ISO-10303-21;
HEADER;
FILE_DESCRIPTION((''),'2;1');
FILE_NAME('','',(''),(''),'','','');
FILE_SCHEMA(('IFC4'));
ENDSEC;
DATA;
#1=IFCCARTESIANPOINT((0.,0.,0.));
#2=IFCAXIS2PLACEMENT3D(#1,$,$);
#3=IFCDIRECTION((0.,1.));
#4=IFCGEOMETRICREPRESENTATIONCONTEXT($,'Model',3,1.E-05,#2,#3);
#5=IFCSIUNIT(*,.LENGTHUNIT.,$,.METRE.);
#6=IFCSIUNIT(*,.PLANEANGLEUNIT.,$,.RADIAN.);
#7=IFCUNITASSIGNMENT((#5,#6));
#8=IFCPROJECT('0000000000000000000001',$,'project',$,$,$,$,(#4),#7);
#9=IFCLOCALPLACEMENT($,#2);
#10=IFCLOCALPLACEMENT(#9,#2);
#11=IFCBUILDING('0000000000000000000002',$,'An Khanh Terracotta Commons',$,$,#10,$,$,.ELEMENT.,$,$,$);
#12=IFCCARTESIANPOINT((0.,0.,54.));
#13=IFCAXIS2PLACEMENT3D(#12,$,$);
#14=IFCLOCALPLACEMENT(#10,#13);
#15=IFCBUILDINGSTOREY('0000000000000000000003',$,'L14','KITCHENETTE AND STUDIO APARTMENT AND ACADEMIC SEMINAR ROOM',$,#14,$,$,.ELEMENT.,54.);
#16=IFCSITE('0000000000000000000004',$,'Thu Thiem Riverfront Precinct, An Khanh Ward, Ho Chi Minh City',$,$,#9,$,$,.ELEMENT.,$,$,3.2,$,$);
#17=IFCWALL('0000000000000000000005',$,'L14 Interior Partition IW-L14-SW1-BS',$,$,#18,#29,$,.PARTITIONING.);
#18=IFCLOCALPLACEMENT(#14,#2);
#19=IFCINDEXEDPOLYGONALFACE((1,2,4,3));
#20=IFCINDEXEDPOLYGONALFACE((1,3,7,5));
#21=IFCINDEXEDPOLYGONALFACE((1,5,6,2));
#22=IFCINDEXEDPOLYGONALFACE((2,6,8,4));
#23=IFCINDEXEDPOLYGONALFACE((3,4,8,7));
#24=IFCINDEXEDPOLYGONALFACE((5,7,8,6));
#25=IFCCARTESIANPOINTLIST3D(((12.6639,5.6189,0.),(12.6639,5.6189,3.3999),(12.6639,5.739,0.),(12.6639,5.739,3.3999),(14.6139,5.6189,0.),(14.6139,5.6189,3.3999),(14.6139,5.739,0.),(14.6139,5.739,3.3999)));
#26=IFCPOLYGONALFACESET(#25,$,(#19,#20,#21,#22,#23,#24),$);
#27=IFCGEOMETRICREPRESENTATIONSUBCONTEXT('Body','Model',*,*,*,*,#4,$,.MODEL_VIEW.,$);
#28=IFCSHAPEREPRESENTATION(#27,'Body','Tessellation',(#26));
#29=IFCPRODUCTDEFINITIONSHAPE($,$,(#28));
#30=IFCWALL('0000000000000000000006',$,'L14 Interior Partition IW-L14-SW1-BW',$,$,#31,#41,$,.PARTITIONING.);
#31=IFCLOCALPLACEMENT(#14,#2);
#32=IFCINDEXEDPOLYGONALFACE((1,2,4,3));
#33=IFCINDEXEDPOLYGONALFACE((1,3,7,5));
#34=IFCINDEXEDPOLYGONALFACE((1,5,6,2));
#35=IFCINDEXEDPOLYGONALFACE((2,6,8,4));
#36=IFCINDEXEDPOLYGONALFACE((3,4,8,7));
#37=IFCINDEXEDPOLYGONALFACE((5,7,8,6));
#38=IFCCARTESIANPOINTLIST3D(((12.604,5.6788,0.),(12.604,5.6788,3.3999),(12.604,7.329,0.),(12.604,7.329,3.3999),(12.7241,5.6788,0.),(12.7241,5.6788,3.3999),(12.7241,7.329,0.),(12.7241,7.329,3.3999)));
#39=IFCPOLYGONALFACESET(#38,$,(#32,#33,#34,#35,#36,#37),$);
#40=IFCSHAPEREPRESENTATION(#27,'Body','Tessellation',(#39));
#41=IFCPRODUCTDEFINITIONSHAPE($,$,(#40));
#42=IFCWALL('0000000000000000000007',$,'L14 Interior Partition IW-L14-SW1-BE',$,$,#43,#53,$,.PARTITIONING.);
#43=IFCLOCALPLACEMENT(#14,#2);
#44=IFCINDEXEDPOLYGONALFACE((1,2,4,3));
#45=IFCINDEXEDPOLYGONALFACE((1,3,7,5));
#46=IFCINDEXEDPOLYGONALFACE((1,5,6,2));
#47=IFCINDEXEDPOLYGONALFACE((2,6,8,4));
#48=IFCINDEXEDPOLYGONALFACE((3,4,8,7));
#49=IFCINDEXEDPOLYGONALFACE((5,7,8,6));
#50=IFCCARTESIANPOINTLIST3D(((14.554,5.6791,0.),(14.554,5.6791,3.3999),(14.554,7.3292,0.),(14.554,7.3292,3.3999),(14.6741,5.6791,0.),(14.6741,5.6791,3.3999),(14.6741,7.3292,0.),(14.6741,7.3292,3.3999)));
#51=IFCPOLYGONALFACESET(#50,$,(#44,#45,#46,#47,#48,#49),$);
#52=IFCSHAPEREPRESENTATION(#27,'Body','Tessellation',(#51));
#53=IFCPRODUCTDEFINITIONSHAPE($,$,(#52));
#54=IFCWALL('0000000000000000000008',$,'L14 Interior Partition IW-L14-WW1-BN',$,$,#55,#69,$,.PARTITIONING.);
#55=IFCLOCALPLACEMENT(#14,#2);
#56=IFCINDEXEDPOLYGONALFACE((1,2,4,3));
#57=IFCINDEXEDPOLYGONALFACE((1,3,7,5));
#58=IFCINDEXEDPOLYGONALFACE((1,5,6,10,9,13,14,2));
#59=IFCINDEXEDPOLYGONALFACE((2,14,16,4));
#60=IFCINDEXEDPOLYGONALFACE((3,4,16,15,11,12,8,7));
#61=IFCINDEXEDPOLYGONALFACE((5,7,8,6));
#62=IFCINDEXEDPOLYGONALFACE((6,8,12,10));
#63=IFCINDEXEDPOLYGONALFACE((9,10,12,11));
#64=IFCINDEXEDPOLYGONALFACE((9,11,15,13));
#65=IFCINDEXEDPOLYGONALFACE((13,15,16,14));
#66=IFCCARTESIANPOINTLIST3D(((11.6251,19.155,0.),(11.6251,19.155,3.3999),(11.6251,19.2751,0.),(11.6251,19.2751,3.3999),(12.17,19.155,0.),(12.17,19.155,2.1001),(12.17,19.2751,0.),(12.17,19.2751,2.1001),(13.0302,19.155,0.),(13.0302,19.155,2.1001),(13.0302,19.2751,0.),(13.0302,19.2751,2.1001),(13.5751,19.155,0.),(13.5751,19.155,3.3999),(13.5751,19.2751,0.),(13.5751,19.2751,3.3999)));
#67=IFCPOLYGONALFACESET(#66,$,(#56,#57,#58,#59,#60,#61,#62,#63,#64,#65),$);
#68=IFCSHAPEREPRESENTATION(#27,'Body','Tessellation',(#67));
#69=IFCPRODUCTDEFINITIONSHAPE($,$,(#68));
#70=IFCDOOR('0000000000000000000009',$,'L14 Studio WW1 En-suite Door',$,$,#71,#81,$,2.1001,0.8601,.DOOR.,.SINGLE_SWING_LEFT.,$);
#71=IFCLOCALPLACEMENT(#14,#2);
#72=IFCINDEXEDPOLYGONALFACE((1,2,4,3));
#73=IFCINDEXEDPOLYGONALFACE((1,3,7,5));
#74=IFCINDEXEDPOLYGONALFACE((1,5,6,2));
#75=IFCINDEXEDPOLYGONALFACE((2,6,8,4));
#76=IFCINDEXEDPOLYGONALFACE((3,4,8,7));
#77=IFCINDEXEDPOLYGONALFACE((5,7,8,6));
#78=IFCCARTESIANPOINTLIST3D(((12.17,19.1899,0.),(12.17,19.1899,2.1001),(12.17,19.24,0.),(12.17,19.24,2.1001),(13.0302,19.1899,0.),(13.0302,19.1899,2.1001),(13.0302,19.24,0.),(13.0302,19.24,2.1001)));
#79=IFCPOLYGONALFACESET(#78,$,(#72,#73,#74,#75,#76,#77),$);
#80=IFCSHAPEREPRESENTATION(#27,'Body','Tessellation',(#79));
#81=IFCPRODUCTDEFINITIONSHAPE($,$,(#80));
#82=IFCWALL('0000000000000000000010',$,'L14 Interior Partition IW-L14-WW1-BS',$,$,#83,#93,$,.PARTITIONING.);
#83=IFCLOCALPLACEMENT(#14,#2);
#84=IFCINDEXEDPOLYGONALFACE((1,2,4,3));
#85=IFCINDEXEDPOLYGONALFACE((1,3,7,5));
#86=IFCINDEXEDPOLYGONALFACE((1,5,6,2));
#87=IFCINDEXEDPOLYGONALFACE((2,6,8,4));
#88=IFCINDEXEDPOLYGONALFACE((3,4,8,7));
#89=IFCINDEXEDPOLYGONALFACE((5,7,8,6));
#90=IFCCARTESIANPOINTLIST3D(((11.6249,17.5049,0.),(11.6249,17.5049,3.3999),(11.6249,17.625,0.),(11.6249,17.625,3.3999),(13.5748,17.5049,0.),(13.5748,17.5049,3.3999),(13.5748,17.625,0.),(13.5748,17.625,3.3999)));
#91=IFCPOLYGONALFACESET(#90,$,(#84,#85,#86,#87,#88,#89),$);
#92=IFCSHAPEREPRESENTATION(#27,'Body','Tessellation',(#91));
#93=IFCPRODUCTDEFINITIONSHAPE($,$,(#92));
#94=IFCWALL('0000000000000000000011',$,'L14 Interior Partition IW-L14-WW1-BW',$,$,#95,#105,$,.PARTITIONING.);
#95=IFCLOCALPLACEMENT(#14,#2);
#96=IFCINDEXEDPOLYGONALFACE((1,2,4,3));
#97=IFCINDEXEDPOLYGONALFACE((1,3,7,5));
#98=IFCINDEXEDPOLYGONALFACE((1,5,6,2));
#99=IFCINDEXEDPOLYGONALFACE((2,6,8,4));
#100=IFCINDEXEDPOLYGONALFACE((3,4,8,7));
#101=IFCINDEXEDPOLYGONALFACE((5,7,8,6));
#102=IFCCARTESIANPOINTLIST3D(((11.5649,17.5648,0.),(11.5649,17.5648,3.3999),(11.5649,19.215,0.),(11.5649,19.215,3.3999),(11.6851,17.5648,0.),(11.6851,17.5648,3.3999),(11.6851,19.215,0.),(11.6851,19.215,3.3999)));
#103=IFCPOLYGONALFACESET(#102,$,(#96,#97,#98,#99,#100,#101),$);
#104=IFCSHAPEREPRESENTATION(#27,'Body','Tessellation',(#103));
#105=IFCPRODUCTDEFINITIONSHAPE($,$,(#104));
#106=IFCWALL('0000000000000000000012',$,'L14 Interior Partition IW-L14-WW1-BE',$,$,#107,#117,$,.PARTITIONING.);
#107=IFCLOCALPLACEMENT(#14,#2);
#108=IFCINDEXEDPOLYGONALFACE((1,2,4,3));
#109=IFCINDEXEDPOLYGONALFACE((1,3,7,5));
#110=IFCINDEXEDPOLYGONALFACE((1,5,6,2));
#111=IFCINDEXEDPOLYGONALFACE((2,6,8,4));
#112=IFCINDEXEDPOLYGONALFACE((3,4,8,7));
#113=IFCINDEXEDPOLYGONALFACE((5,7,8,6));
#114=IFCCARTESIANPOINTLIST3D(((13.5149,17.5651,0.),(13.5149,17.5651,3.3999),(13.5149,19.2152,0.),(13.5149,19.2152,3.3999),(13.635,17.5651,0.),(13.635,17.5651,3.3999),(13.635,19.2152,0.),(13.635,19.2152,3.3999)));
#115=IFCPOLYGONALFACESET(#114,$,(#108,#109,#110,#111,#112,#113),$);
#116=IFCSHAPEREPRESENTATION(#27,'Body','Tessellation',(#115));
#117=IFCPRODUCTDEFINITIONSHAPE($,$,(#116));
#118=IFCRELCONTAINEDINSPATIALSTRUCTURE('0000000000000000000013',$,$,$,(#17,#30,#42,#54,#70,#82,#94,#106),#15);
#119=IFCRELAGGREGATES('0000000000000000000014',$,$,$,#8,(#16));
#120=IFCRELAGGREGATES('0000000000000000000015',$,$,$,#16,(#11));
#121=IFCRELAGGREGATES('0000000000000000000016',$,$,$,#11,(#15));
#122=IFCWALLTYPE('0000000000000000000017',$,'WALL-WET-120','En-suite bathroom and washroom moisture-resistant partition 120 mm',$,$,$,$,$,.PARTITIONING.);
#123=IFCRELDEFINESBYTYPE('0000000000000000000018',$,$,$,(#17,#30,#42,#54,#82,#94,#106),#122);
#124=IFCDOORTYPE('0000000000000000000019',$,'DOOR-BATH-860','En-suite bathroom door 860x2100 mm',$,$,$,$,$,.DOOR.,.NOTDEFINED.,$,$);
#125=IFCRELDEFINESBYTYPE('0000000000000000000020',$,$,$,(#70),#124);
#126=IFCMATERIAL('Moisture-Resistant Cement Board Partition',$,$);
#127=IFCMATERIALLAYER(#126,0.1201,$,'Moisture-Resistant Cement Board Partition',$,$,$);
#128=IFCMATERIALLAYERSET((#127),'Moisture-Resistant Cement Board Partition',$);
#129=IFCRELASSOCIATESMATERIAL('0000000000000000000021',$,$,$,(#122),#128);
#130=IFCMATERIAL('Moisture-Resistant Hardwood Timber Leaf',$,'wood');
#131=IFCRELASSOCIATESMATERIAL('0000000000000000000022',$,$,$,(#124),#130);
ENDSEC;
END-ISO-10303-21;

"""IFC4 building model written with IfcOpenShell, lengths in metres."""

from ifc_helpers import new_model, si_unit, direction, frame, frame_2d, origin, place, context, subcontext, project, spatial, rectangle, extrude, material, layer, layer_set, type_object, element, fill, save


model = new_model("IFC4")

# Units and contexts
model_context = context("Model", 3, precision=1e-05, world=origin(), true_north=direction((0.0, 1.0)))
body_context = subcontext(model_context, "Body", "Model", "MODEL_VIEW")
ifc_project = project(units=[si_unit("LENGTHUNIT", "METRE"), si_unit("PLANEANGLEUNIT", "RADIAN")], contexts=[model_context])

# Site, building, storey
site_placement = place(None, origin())
site = spatial("IfcSite", under=ifc_project, at=site_placement, Name="Thu Thiem Riverfront Precinct, An Khanh Ward, Ho Chi Minh City", CompositionType="ELEMENT", RefElevation=3.2)
building_placement = place(site_placement, origin())
building = spatial("IfcBuilding", under=site, at=building_placement, Name="An Khanh Terracotta Commons", CompositionType="ELEMENT")
storey_placement = place(building_placement, frame((0.0, 0.0, 54.0)))
storey = spatial("IfcBuildingStorey", under=building, at=storey_placement, Name="L14", Description="KITCHENETTE AND STUDIO APARTMENT AND ACADEMIC SEMINAR ROOM", CompositionType="ELEMENT", Elevation=54.0)

# Shared definitions
ifc_material_1 = material(Name="Moisture-Resistant Cement Board Partition")
ifc_layer_1 = layer(ifc_material_1, 0.1201, Name="Moisture-Resistant Cement Board Partition")
ifc_layer_set_1 = layer_set([ifc_layer_1], Name="Moisture-Resistant Cement Board Partition")
wall_type_1 = type_object("IfcWallType", Name="WALL-WET-120", Description="En-suite bathroom and washroom moisture-resistant partition 120 mm", PredefinedType="PARTITIONING", material=ifc_layer_set_1)
ifc_material_2 = material(Name="Moisture-Resistant Hardwood Timber Leaf", Category="wood")
door_type_1 = type_object("IfcDoorType", Name="DOOR-BATH-860", Description="En-suite bathroom door 860x2100 mm", OperationType="NOTDEFINED", PredefinedType="DOOR", material=ifc_material_2)

# Walls
wall_1_placement = place(storey_placement, frame((14.614, 5.679, 0.0), z_axis=(0.0, 0.0, 1.0), x_axis=(-1.0, 0.0, 0.0)))
element("IfcWall", 1, at=wall_1_placement, inside=storey, type_object=wall_type_1, Name="L14 Interior Partition IW-L14-SW1-BS", PredefinedType="PARTITIONING", context=body_context, shape_type="SweptSolid", body=[
    extrude(rectangle(XDim=1.95, YDim=0.1201, at=frame_2d((0.9751, 0.0))), origin(), (0.0, 0.0, 1.0), 3.3999),
])
for number, where, z_axis, x_axis, name in (
    (2, (12.6641, 7.3291, 0.0), (0.0, 0.0, 1.0), (0.0, -1.0, 0.0), "L14 Interior Partition IW-L14-SW1-BW"),
    (3, (14.614, 5.679, 0.0), (0.0, 0.0, 1.0), (0.0, 1.0, 0.0), "L14 Interior Partition IW-L14-SW1-BE"),
):
    element("IfcWall", number, at=place(storey_placement, frame(where, z_axis=z_axis, x_axis=x_axis)), inside=storey, type_object=wall_type_1, Name=name, PredefinedType="PARTITIONING", context=body_context, shape_type="SweptSolid", body=[
        extrude(rectangle(XDim=1.6501, YDim=0.1201, at=frame_2d((0.8252, 0.0))), origin(), (0.0, 0.0, 1.0), 3.3999),
    ])

# Wall, opening, door
wall_2_placement = place(storey_placement, frame((11.625, 19.2151, 0.0), z_axis=(0.0, 0.0, 1.0), x_axis=(1.0, 0.0, 0.0)))
wall_2 = element("IfcWall", 4, at=wall_2_placement, inside=storey, type_object=wall_type_1, Name="L14 Interior Partition IW-L14-WW1-BN", PredefinedType="PARTITIONING", context=body_context, shape_type="SweptSolid", body=[
    extrude(rectangle(XDim=1.95, YDim=0.1201, at=frame_2d((0.9751, 0.0))), origin(), (0.0, 0.0, 1.0), 3.3999),
])
opening_1_placement = place(wall_2_placement, frame((0.5449, 0.0, 0.0)))
opening_1 = element("IfcOpeningElement", 5, at=opening_1_placement, cuts=wall_2, PredefinedType="OPENING", context=body_context, shape_type="SweptSolid", body=[
    extrude(rectangle(XDim=0.8601, YDim=2.1001, at=frame_2d((0.4302, 1.05))), frame((0.0, 0.0701, 0.0), z_axis=(0.0, -1.0, 0.0), x_axis=(1.0, 0.0, 0.0)), (0.0, 0.0, 1.0), 0.1401),
])
door_1_placement = place(opening_1_placement, origin())
door_1 = element("IfcDoor", 6, at=door_1_placement, inside=storey, type_object=door_type_1, Name="L14 Studio WW1 En-suite Door", OperationType="SINGLE_SWING_LEFT", OverallHeight=2.1001, OverallWidth=0.8601, PredefinedType="DOOR", context=body_context, shape_type="SweptSolid", body=[
    extrude(rectangle(XDim=0.8601, YDim=2.1001, at=frame_2d((0.4302, 1.05))), frame((0.0, 0.0249, 0.0), z_axis=(0.0, -1.0, 0.0), x_axis=(1.0, 0.0, 0.0)), (0.0, 0.0, 1.0), 0.05),
])
fill(opening_1, door_1)

# Walls
wall_3_placement = place(storey_placement, frame((13.575, 17.5649, 0.0), z_axis=(0.0, 0.0, 1.0), x_axis=(-1.0, 0.0, 0.0)))
element("IfcWall", 7, at=wall_3_placement, inside=storey, type_object=wall_type_1, Name="L14 Interior Partition IW-L14-WW1-BS", PredefinedType="PARTITIONING", context=body_context, shape_type="SweptSolid", body=[
    extrude(rectangle(XDim=1.95, YDim=0.1201, at=frame_2d((0.9751, 0.0))), origin(), (0.0, 0.0, 1.0), 3.3999),
])
for number, where, z_axis, x_axis, name in (
    (8, (11.625, 19.2151, 0.0), (0.0, 0.0, 1.0), (0.0, -1.0, 0.0), "L14 Interior Partition IW-L14-WW1-BW"),
    (9, (13.575, 17.5649, 0.0), (0.0, 0.0, 1.0), (0.0, 1.0, 0.0), "L14 Interior Partition IW-L14-WW1-BE"),
):
    element("IfcWall", number, at=place(storey_placement, frame(where, z_axis=z_axis, x_axis=x_axis)), inside=storey, type_object=wall_type_1, Name=name, PredefinedType="PARTITIONING", context=body_context, shape_type="SweptSolid", body=[
        extrude(rectangle(XDim=1.6501, YDim=0.1201, at=frame_2d((0.8252, 0.0))), origin(), (0.0, 0.0, 1.0), 3.3999),
    ])

save(model, "model.ifc")
